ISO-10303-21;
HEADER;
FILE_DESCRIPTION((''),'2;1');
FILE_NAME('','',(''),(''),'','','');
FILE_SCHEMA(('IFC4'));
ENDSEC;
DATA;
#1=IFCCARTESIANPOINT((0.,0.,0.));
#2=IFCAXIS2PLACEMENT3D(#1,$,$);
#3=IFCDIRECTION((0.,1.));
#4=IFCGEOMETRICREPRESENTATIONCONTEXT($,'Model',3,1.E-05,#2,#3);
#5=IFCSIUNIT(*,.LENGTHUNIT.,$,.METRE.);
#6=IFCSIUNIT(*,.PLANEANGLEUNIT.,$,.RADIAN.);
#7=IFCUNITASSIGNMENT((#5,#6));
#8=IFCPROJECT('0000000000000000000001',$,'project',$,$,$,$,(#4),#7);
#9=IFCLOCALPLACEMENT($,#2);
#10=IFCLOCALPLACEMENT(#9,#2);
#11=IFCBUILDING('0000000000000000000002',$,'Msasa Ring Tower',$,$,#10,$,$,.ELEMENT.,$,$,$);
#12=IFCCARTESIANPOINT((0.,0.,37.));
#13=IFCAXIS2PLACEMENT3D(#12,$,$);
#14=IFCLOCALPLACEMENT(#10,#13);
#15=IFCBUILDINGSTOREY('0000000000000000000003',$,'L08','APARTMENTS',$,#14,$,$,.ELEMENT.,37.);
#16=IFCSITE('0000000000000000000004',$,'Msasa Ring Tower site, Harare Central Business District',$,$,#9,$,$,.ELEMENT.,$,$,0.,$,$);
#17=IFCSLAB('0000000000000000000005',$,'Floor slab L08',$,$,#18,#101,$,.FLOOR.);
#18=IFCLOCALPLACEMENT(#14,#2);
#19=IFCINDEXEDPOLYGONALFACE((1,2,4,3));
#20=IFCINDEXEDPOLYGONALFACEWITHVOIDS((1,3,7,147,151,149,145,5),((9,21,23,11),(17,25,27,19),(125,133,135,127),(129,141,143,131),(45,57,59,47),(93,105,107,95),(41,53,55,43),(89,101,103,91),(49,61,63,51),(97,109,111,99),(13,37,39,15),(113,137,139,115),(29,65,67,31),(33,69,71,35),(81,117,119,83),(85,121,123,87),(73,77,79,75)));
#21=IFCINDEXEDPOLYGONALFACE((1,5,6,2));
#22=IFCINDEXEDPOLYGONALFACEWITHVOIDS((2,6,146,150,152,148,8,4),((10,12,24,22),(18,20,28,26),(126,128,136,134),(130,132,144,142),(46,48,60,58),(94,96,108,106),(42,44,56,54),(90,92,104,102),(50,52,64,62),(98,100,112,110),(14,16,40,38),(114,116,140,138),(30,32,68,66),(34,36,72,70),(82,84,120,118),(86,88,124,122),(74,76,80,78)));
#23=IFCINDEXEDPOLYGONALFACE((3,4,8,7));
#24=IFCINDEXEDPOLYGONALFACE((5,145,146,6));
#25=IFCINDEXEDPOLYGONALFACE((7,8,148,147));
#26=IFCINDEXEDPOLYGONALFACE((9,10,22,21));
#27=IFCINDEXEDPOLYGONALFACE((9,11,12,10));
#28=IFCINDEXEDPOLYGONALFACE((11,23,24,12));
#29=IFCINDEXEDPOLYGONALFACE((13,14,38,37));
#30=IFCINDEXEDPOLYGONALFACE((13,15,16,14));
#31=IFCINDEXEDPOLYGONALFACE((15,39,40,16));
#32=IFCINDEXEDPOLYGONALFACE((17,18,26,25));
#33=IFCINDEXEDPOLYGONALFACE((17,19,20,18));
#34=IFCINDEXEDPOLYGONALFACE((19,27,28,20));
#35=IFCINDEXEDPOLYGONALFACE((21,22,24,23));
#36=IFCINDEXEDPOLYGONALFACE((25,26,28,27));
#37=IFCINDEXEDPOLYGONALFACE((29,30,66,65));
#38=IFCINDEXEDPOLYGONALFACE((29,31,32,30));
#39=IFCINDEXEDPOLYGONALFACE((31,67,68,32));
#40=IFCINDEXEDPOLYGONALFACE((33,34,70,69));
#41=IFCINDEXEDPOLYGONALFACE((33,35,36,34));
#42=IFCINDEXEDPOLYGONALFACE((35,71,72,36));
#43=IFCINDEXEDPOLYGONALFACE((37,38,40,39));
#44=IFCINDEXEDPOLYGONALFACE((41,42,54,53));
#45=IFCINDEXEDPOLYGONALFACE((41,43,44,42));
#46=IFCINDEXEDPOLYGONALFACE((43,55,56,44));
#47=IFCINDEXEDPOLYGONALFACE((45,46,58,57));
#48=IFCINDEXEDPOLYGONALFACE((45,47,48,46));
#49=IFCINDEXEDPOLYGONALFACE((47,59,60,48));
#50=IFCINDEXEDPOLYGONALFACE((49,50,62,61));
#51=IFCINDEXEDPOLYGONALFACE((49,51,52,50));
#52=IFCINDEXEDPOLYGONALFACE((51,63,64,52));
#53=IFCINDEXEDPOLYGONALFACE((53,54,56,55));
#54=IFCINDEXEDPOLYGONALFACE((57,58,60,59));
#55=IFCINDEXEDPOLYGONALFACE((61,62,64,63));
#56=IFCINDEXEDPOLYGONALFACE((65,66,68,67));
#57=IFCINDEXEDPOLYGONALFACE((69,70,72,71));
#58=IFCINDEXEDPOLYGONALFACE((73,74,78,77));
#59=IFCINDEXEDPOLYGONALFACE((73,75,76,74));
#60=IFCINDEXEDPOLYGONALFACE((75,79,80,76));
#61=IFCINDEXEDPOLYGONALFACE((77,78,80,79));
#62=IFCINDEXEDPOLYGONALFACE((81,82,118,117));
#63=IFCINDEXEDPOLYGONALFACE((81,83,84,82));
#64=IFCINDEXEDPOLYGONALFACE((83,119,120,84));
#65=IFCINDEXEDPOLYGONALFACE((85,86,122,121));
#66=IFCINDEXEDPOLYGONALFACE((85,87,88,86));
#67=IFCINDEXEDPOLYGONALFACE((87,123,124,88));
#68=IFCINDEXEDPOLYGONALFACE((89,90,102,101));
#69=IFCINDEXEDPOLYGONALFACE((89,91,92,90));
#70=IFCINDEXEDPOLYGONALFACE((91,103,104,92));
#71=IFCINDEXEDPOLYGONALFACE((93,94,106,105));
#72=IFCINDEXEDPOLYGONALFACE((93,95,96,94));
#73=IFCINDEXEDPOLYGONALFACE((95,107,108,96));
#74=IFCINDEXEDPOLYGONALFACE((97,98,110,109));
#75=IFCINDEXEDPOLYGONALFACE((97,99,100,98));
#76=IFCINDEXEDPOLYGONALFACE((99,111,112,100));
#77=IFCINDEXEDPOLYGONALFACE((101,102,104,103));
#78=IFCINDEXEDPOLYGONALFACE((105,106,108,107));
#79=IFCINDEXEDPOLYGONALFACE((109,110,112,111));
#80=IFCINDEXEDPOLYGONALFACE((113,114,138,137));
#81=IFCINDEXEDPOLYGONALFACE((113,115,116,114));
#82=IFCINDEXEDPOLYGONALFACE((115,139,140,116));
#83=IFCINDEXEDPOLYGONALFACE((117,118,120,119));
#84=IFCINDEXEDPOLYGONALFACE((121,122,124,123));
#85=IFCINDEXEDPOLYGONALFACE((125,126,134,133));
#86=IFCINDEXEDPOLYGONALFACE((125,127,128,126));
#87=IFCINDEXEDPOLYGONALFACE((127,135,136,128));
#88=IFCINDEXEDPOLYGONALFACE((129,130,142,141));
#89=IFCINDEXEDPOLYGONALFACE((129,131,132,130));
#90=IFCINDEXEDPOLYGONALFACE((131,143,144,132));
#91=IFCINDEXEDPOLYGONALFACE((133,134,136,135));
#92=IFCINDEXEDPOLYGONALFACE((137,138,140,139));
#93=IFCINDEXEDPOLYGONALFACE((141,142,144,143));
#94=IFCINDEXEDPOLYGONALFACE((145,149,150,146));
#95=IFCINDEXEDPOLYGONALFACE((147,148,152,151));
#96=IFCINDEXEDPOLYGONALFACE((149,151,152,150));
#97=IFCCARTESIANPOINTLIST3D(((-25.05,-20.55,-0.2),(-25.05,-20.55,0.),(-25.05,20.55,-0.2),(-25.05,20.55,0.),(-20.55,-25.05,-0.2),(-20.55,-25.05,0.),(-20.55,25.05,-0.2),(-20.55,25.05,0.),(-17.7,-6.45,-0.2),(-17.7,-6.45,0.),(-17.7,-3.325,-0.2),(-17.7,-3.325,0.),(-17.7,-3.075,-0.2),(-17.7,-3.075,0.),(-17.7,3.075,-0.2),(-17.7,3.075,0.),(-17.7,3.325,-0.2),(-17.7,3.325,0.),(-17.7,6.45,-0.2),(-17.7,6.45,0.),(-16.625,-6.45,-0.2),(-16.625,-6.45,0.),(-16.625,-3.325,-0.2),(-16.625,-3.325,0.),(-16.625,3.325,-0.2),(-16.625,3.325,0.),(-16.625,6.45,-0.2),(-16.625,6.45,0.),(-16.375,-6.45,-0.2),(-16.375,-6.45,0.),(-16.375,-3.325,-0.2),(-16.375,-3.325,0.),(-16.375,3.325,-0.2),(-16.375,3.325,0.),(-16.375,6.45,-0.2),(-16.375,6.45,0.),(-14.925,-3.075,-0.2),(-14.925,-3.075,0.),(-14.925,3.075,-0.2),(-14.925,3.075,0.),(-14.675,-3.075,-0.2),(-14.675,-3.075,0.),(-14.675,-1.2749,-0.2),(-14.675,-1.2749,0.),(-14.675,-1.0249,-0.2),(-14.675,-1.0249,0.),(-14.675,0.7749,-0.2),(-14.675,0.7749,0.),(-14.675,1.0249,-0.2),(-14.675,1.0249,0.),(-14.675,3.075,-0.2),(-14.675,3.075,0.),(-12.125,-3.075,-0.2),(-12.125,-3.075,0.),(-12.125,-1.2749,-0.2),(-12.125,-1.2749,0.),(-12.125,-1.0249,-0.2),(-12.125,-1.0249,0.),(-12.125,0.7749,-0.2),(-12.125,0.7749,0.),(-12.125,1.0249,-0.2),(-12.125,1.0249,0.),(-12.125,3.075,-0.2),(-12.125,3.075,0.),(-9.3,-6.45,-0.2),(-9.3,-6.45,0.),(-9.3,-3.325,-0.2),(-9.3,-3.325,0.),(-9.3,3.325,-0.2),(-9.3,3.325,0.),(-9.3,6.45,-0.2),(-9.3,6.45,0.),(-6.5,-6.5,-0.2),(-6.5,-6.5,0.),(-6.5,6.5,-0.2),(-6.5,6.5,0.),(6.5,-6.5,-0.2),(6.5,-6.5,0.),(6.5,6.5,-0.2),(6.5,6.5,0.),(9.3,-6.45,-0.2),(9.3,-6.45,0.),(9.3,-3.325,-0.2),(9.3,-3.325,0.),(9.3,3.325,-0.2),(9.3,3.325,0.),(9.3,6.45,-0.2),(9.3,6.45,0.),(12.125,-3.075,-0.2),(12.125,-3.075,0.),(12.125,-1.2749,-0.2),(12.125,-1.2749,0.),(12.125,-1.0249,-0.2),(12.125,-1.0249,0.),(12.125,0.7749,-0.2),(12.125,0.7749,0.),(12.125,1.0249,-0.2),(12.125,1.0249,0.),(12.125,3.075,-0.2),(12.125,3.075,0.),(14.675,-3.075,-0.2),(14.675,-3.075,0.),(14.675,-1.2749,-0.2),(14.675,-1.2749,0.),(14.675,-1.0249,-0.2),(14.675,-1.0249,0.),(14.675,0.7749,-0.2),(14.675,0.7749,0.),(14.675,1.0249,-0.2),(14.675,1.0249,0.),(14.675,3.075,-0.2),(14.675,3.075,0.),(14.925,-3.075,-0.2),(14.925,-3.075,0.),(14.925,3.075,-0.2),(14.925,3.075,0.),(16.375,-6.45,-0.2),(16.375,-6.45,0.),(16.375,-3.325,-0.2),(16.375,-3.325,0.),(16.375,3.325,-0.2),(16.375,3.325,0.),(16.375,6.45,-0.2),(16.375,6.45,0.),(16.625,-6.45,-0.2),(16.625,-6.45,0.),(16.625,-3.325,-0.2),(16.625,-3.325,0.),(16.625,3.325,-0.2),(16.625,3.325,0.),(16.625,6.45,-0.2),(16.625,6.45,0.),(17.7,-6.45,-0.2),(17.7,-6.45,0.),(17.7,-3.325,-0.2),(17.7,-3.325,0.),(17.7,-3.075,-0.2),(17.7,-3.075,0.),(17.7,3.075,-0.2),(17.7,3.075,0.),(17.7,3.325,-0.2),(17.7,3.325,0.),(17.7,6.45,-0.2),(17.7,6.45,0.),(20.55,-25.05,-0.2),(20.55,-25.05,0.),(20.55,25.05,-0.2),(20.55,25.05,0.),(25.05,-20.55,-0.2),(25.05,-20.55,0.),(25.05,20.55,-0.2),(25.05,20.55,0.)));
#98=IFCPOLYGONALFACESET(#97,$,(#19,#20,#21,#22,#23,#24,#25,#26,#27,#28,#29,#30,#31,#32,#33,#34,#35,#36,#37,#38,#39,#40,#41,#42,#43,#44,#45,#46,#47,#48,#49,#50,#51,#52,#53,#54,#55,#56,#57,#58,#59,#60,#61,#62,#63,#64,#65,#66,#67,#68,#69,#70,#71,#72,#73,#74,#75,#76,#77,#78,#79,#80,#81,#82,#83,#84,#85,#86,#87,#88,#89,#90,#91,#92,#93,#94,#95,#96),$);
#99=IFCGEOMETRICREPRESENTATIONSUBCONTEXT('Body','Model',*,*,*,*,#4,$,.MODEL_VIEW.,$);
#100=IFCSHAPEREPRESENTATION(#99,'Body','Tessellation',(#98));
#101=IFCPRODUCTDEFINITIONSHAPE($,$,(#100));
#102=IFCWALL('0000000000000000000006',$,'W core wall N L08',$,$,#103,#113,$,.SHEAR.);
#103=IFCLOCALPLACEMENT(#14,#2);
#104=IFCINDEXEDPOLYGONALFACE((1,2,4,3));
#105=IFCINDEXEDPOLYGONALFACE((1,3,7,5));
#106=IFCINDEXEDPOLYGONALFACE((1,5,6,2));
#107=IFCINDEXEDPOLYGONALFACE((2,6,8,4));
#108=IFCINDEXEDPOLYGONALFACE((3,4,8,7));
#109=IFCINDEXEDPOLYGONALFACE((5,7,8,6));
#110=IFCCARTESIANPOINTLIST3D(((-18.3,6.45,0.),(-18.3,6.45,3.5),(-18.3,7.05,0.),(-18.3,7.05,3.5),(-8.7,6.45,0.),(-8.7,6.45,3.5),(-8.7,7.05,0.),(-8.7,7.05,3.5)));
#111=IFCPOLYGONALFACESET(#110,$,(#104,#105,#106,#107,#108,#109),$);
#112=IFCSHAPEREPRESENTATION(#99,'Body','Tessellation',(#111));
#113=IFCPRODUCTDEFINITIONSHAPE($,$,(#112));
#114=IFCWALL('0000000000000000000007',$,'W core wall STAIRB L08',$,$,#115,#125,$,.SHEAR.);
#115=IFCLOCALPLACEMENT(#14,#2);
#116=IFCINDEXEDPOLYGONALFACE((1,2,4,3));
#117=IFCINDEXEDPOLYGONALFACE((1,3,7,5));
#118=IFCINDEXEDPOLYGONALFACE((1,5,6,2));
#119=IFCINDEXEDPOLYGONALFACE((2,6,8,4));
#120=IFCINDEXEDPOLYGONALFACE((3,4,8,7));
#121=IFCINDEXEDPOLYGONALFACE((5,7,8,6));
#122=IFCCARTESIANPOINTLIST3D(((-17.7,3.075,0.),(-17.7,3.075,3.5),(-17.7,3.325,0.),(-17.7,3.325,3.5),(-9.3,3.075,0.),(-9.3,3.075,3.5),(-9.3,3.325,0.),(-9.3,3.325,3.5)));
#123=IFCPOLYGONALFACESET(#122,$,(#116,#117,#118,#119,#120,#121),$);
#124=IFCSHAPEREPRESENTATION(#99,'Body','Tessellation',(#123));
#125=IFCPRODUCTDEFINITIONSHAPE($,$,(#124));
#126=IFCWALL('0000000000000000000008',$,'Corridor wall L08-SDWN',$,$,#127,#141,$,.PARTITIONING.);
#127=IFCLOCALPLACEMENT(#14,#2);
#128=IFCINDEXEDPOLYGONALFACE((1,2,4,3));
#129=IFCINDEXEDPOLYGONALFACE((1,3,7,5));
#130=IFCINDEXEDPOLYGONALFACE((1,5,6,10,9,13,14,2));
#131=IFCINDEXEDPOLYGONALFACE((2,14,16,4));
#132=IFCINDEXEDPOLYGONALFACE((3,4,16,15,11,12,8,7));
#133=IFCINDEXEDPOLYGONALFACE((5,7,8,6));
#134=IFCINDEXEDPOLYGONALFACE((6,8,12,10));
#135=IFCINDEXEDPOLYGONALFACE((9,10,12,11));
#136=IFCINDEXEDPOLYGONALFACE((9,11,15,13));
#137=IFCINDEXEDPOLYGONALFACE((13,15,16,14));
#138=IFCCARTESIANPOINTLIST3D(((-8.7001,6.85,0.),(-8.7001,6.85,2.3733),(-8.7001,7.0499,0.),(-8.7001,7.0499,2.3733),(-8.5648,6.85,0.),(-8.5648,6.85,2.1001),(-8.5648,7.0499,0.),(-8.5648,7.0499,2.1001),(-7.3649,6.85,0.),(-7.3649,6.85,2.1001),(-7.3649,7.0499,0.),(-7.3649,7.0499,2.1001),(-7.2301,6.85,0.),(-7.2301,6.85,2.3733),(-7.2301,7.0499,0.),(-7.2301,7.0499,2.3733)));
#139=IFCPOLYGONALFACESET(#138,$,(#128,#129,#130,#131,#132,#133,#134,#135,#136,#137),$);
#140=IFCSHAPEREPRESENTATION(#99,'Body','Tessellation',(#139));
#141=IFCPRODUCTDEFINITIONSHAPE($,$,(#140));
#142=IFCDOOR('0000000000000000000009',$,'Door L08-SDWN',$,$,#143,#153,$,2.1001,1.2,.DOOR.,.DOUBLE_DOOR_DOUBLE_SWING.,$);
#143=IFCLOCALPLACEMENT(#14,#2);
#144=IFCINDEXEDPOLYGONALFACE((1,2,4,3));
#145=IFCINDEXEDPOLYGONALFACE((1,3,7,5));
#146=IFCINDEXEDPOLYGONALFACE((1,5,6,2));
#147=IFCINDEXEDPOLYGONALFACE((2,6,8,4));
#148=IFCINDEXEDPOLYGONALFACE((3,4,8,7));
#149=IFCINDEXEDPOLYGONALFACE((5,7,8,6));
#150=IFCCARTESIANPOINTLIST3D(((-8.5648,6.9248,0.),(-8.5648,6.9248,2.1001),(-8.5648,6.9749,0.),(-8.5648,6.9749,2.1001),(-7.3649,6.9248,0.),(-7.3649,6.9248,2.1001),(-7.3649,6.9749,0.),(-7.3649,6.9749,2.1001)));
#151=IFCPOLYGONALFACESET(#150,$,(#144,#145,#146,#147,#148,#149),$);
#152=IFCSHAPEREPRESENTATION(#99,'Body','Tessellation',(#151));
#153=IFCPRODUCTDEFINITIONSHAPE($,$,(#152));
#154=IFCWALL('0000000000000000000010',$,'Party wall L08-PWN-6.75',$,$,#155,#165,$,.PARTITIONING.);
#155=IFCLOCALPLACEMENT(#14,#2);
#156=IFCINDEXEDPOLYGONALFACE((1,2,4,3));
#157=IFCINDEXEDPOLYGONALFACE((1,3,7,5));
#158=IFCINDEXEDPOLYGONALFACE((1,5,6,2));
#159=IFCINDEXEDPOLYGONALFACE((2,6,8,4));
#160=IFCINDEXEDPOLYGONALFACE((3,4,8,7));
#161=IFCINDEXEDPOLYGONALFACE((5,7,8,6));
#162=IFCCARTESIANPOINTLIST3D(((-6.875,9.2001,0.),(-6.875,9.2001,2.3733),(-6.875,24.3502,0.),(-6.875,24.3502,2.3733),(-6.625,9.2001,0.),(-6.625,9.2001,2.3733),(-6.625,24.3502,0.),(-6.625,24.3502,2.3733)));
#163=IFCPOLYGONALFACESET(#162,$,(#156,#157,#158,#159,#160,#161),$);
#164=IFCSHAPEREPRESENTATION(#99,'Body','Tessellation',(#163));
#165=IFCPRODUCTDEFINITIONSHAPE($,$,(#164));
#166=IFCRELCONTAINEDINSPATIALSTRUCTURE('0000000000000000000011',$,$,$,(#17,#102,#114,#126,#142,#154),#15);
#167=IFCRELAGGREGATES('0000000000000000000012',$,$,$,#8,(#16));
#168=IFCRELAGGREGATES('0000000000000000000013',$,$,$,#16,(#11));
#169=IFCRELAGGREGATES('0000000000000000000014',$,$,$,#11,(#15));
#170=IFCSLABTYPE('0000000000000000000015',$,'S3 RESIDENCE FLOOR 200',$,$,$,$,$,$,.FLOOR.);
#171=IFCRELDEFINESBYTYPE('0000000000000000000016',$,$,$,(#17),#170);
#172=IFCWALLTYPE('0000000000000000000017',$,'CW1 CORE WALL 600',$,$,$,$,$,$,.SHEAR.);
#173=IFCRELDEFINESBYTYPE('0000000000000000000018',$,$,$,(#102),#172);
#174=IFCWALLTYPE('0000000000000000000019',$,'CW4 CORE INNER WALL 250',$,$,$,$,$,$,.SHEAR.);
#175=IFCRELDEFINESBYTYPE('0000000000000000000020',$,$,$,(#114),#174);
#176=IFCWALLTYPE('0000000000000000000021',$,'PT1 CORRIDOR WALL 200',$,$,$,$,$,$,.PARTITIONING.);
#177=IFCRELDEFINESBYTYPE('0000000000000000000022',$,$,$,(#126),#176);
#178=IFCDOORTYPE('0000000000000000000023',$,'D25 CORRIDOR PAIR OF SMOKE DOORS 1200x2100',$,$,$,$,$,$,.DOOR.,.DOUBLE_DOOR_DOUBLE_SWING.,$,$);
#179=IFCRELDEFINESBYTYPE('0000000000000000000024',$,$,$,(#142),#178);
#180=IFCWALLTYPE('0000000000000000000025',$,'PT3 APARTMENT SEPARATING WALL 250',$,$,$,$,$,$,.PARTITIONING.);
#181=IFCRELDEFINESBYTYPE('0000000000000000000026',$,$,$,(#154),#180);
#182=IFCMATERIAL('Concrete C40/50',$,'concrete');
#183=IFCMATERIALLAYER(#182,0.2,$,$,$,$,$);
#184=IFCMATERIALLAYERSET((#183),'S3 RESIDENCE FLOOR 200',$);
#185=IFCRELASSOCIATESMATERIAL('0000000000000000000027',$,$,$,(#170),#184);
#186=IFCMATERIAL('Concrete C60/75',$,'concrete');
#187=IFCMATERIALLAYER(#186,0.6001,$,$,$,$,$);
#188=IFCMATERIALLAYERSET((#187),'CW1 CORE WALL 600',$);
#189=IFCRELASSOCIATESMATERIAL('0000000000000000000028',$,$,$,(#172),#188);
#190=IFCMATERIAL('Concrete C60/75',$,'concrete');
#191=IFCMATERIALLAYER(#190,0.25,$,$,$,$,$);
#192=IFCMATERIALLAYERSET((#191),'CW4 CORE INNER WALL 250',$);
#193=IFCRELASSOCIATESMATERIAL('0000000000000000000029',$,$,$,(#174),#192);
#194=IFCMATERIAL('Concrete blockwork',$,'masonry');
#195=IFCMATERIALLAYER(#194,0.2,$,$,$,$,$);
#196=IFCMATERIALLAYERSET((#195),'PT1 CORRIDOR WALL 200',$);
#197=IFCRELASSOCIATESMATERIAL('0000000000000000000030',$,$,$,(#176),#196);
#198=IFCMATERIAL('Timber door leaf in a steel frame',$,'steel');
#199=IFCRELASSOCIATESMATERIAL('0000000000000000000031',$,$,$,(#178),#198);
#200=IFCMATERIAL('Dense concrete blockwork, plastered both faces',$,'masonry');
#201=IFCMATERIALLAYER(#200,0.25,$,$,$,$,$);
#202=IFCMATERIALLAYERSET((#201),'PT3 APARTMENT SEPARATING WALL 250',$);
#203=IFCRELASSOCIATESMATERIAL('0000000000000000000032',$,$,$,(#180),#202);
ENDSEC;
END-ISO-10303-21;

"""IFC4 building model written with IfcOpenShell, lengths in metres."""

from ifc_helpers import new_model, si_unit, direction, frame, frame_2d, origin, place, context, subcontext, project, spatial, polyline, rectangle, outline, extrude, material, layer, layer_set, type_object, element, fill, save


model = new_model("IFC4")

# Units and contexts
model_context = context("Model", 3, precision=1e-05, world=origin(), true_north=direction((0.0, 1.0)))
body_context = subcontext(model_context, "Body", "Model", "MODEL_VIEW")
ifc_project = project(units=[si_unit("LENGTHUNIT", "METRE"), si_unit("PLANEANGLEUNIT", "RADIAN")], contexts=[model_context])

# Site, building, storey
site_placement = place(None, origin())
site = spatial("IfcSite", under=ifc_project, at=site_placement, Name="Msasa Ring Tower site, Harare Central Business District", CompositionType="ELEMENT", RefElevation=0.0)
building_placement = place(site_placement, origin())
building = spatial("IfcBuilding", under=site, at=building_placement, Name="Msasa Ring Tower", CompositionType="ELEMENT")
storey_placement = place(building_placement, frame((0.0, 0.0, 37.0)))
storey = spatial("IfcBuildingStorey", under=building, at=storey_placement, Name="L08", Description="APARTMENTS", CompositionType="ELEMENT", Elevation=37.0)

# Slab
ifc_material_1 = material(Name="Concrete C40/50", Category="concrete")
ifc_layer_1 = layer(ifc_material_1, 0.2)
ifc_layer_set_1 = layer_set([ifc_layer_1], Name="S3 RESIDENCE FLOOR 200")
slab_type = type_object("IfcSlabType", Name="S3 RESIDENCE FLOOR 200", PredefinedType="FLOOR", material=ifc_layer_set_1)
slab_placement = place(storey_placement, frame((0.0, 0.0, -0.2)))
element("IfcSlab", 1, at=slab_placement, inside=storey, type_object=slab_type, Name="Floor slab L08", PredefinedType="FLOOR", context=body_context, shape_type="SweptSolid", body=[
    extrude(outline(polyline([(-20.55, -25.05), (20.55, -25.05), (25.05, -20.55), (25.05, 20.55), (20.55, 25.05), (-20.55, 25.05), (-25.05, 20.55), (-25.05, -20.55), (-20.55, -25.05)]), holes=[polyline([(-6.5, -6.5), (6.5, -6.5), (6.5, 6.5), (-6.5, 6.5), (-6.5, -6.5)]), polyline([(9.3, -6.45), (16.375, -6.45), (16.375, -3.325), (9.3, -3.325), (9.3, -6.45)]), polyline([(9.3, 3.325), (16.375, 3.325), (16.375, 6.45), (9.3, 6.45), (9.3, 3.325)]), polyline([(12.125, -3.075), (14.675, -3.075), (14.675, -1.2749), (12.125, -1.2749), (12.125, -3.075)]), polyline([(12.125, -1.0249), (14.675, -1.0249), (14.675, 0.7749), (12.125, 0.7749), (12.125, -1.0249)]), polyline([(12.125, 1.0249), (14.675, 1.0249), (14.675, 3.075), (12.125, 3.075), (12.125, 1.0249)]), polyline([(16.625, -6.45), (17.7, -6.45), (17.7, -3.325), (16.625, -3.325), (16.625, -6.45)]), polyline([(16.625, 3.325), (17.7, 3.325), (17.7, 6.45), (16.625, 6.45), (16.625, 3.325)]), polyline([(14.925, -3.075), (17.7, -3.075), (17.7, 3.075), (14.925, 3.075), (14.925, -3.075)]), polyline([(-16.375, -6.45), (-9.3, -6.45), (-9.3, -3.325), (-16.375, -3.325), (-16.375, -6.45)]), polyline([(-16.375, 3.325), (-9.3, 3.325), (-9.3, 6.45), (-16.375, 6.45), (-16.375, 3.325)]), polyline([(-14.675, -3.075), (-12.125, -3.075), (-12.125, -1.2749), (-14.675, -1.2749), (-14.675, -3.075)]), polyline([(-14.675, -1.0249), (-12.125, -1.0249), (-12.125, 0.7749), (-14.675, 0.7749), (-14.675, -1.0249)]), polyline([(-14.675, 1.0249), (-12.125, 1.0249), (-12.125, 3.075), (-14.675, 3.075), (-14.675, 1.0249)]), polyline([(-17.7, -6.45), (-16.625, -6.45), (-16.625, -3.325), (-17.7, -3.325), (-17.7, -6.45)]), polyline([(-17.7, 3.325), (-16.625, 3.325), (-16.625, 6.45), (-17.7, 6.45), (-17.7, 3.325)]), polyline([(-17.7, -3.075), (-14.925, -3.075), (-14.925, 3.075), (-17.7, 3.075), (-17.7, -3.075)])]), origin(), (0.0, 0.0, 1.0), 0.2),
])

# Walls
ifc_material_2 = material(Name="Concrete C60/75", Category="concrete")
ifc_layer_2 = layer(ifc_material_2, 0.6001)
ifc_layer_set_2 = layer_set([ifc_layer_2], Name="CW1 CORE WALL 600")
wall_type_1 = type_object("IfcWallType", Name="CW1 CORE WALL 600", PredefinedType="SHEAR", material=ifc_layer_set_2)
wall_1_placement = place(storey_placement, frame((-8.7, 6.75, 0.0), z_axis=(0.0, 0.0, 1.0), x_axis=(-1.0, 0.0, 0.0)))
element("IfcWall", 2, at=wall_1_placement, inside=storey, type_object=wall_type_1, Name="W core wall N L08", PredefinedType="SHEAR", context=body_context, shape_type="SweptSolid", body=[
    extrude(rectangle(XDim=9.6001, YDim=0.6001, at=frame_2d((4.8, 0.0))), origin(), (0.0, 0.0, 1.0), 3.5),
])
ifc_material_3 = material(Name="Concrete C60/75", Category="concrete")
ifc_layer_3 = layer(ifc_material_3, 0.25)
ifc_layer_set_3 = layer_set([ifc_layer_3], Name="CW4 CORE INNER WALL 250")
wall_type_2 = type_object("IfcWallType", Name="CW4 CORE INNER WALL 250", PredefinedType="SHEAR", material=ifc_layer_set_3)
wall_2_placement = place(storey_placement, frame((-9.3, 3.2, 0.0), z_axis=(0.0, 0.0, 1.0), x_axis=(-1.0, 0.0, 0.0)))
element("IfcWall", 3, at=wall_2_placement, inside=storey, type_object=wall_type_2, Name="W core wall STAIRB L08", PredefinedType="SHEAR", context=body_context, shape_type="SweptSolid", body=[
    extrude(rectangle(XDim=8.3999, YDim=0.25, at=frame_2d((4.2, 0.0))), origin(), (0.0, 0.0, 1.0), 3.5),
])

# Wall, opening, door
ifc_material_4 = material(Name="Concrete blockwork", Category="masonry")
ifc_layer_4 = layer(ifc_material_4, 0.2)
ifc_layer_set_4 = layer_set([ifc_layer_4], Name="PT1 CORRIDOR WALL 200")
wall_type_3 = type_object("IfcWallType", Name="PT1 CORRIDOR WALL 200", PredefinedType="PARTITIONING", material=ifc_layer_set_4)
wall_3_placement = place(storey_placement, frame((-8.7, 6.95, 0.0), z_axis=(0.0, 0.0, 1.0), x_axis=(1.0, 0.0, 0.0)))
wall_3 = element("IfcWall", 4, at=wall_3_placement, inside=storey, type_object=wall_type_3, Name="Corridor wall L08-SDWN", PredefinedType="PARTITIONING", context=body_context, shape_type="SweptSolid", body=[
    extrude(rectangle(XDim=1.47, YDim=0.2, at=frame_2d((0.7349, 0.0))), origin(), (0.0, 0.0, 1.0), 2.3733),
])
opening_1_placement = place(wall_3_placement, frame((0.135, 0.0, 0.0)))
opening_1 = element("IfcOpeningElement", 5, at=opening_1_placement, cuts=wall_3, PredefinedType="OPENING", context=body_context, shape_type="SweptSolid", body=[
    extrude(rectangle(XDim=1.2, YDim=2.1001, at=frame_2d((0.6001, 1.05))), frame((0.0, 0.1099, 0.0), z_axis=(0.0, -1.0, 0.0), x_axis=(1.0, 0.0, 0.0)), (0.0, 0.0, 1.0), 0.22),
])
ifc_material_5 = material(Name="Timber door leaf in a steel frame", Category="steel")
door_type_1 = type_object("IfcDoorType", Name="D25 CORRIDOR PAIR OF SMOKE DOORS 1200x2100", OperationType="DOUBLE_DOOR_DOUBLE_SWING", PredefinedType="DOOR", material=ifc_material_5)
door_1_placement = place(opening_1_placement, origin())
door_1 = element("IfcDoor", 6, at=door_1_placement, inside=storey, type_object=door_type_1, Name="Door L08-SDWN", OperationType="DOUBLE_DOOR_DOUBLE_SWING", OverallHeight=2.1001, OverallWidth=1.2, PredefinedType="DOOR", context=body_context, shape_type="SweptSolid", body=[
    extrude(rectangle(XDim=1.2, YDim=2.1001, at=frame_2d((0.6001, 1.05))), frame((0.0, 0.0249, 0.0), z_axis=(0.0, -1.0, 0.0), x_axis=(1.0, 0.0, 0.0)), (0.0, 0.0, 1.0), 0.05),
])
fill(opening_1, door_1)

# Wall
ifc_material_6 = material(Name="Dense concrete blockwork, plastered both faces", Category="masonry")
ifc_layer_5 = layer(ifc_material_6, 0.25)
ifc_layer_set_5 = layer_set([ifc_layer_5], Name="PT3 APARTMENT SEPARATING WALL 250")
wall_type_4 = type_object("IfcWallType", Name="PT3 APARTMENT SEPARATING WALL 250", PredefinedType="PARTITIONING", material=ifc_layer_set_5)
for number, where, z_axis, x_axis, name in (
    (7, (-6.75, 9.2, 0.0), (0.0, 0.0, 1.0), (0.0, 1.0, 0.0), "Party wall L08-PWN-6.75"),
):
    element("IfcWall", number, at=place(storey_placement, frame(where, z_axis=z_axis, x_axis=x_axis)), inside=storey, type_object=wall_type_4, Name=name, PredefinedType="PARTITIONING", context=body_context, shape_type="SweptSolid", body=[
        extrude(rectangle(XDim=15.1501, YDim=0.25, at=frame_2d((7.5752, 0.0))), origin(), (0.0, 0.0, 1.0), 2.3733),
    ])

save(model, "model.ifc")
